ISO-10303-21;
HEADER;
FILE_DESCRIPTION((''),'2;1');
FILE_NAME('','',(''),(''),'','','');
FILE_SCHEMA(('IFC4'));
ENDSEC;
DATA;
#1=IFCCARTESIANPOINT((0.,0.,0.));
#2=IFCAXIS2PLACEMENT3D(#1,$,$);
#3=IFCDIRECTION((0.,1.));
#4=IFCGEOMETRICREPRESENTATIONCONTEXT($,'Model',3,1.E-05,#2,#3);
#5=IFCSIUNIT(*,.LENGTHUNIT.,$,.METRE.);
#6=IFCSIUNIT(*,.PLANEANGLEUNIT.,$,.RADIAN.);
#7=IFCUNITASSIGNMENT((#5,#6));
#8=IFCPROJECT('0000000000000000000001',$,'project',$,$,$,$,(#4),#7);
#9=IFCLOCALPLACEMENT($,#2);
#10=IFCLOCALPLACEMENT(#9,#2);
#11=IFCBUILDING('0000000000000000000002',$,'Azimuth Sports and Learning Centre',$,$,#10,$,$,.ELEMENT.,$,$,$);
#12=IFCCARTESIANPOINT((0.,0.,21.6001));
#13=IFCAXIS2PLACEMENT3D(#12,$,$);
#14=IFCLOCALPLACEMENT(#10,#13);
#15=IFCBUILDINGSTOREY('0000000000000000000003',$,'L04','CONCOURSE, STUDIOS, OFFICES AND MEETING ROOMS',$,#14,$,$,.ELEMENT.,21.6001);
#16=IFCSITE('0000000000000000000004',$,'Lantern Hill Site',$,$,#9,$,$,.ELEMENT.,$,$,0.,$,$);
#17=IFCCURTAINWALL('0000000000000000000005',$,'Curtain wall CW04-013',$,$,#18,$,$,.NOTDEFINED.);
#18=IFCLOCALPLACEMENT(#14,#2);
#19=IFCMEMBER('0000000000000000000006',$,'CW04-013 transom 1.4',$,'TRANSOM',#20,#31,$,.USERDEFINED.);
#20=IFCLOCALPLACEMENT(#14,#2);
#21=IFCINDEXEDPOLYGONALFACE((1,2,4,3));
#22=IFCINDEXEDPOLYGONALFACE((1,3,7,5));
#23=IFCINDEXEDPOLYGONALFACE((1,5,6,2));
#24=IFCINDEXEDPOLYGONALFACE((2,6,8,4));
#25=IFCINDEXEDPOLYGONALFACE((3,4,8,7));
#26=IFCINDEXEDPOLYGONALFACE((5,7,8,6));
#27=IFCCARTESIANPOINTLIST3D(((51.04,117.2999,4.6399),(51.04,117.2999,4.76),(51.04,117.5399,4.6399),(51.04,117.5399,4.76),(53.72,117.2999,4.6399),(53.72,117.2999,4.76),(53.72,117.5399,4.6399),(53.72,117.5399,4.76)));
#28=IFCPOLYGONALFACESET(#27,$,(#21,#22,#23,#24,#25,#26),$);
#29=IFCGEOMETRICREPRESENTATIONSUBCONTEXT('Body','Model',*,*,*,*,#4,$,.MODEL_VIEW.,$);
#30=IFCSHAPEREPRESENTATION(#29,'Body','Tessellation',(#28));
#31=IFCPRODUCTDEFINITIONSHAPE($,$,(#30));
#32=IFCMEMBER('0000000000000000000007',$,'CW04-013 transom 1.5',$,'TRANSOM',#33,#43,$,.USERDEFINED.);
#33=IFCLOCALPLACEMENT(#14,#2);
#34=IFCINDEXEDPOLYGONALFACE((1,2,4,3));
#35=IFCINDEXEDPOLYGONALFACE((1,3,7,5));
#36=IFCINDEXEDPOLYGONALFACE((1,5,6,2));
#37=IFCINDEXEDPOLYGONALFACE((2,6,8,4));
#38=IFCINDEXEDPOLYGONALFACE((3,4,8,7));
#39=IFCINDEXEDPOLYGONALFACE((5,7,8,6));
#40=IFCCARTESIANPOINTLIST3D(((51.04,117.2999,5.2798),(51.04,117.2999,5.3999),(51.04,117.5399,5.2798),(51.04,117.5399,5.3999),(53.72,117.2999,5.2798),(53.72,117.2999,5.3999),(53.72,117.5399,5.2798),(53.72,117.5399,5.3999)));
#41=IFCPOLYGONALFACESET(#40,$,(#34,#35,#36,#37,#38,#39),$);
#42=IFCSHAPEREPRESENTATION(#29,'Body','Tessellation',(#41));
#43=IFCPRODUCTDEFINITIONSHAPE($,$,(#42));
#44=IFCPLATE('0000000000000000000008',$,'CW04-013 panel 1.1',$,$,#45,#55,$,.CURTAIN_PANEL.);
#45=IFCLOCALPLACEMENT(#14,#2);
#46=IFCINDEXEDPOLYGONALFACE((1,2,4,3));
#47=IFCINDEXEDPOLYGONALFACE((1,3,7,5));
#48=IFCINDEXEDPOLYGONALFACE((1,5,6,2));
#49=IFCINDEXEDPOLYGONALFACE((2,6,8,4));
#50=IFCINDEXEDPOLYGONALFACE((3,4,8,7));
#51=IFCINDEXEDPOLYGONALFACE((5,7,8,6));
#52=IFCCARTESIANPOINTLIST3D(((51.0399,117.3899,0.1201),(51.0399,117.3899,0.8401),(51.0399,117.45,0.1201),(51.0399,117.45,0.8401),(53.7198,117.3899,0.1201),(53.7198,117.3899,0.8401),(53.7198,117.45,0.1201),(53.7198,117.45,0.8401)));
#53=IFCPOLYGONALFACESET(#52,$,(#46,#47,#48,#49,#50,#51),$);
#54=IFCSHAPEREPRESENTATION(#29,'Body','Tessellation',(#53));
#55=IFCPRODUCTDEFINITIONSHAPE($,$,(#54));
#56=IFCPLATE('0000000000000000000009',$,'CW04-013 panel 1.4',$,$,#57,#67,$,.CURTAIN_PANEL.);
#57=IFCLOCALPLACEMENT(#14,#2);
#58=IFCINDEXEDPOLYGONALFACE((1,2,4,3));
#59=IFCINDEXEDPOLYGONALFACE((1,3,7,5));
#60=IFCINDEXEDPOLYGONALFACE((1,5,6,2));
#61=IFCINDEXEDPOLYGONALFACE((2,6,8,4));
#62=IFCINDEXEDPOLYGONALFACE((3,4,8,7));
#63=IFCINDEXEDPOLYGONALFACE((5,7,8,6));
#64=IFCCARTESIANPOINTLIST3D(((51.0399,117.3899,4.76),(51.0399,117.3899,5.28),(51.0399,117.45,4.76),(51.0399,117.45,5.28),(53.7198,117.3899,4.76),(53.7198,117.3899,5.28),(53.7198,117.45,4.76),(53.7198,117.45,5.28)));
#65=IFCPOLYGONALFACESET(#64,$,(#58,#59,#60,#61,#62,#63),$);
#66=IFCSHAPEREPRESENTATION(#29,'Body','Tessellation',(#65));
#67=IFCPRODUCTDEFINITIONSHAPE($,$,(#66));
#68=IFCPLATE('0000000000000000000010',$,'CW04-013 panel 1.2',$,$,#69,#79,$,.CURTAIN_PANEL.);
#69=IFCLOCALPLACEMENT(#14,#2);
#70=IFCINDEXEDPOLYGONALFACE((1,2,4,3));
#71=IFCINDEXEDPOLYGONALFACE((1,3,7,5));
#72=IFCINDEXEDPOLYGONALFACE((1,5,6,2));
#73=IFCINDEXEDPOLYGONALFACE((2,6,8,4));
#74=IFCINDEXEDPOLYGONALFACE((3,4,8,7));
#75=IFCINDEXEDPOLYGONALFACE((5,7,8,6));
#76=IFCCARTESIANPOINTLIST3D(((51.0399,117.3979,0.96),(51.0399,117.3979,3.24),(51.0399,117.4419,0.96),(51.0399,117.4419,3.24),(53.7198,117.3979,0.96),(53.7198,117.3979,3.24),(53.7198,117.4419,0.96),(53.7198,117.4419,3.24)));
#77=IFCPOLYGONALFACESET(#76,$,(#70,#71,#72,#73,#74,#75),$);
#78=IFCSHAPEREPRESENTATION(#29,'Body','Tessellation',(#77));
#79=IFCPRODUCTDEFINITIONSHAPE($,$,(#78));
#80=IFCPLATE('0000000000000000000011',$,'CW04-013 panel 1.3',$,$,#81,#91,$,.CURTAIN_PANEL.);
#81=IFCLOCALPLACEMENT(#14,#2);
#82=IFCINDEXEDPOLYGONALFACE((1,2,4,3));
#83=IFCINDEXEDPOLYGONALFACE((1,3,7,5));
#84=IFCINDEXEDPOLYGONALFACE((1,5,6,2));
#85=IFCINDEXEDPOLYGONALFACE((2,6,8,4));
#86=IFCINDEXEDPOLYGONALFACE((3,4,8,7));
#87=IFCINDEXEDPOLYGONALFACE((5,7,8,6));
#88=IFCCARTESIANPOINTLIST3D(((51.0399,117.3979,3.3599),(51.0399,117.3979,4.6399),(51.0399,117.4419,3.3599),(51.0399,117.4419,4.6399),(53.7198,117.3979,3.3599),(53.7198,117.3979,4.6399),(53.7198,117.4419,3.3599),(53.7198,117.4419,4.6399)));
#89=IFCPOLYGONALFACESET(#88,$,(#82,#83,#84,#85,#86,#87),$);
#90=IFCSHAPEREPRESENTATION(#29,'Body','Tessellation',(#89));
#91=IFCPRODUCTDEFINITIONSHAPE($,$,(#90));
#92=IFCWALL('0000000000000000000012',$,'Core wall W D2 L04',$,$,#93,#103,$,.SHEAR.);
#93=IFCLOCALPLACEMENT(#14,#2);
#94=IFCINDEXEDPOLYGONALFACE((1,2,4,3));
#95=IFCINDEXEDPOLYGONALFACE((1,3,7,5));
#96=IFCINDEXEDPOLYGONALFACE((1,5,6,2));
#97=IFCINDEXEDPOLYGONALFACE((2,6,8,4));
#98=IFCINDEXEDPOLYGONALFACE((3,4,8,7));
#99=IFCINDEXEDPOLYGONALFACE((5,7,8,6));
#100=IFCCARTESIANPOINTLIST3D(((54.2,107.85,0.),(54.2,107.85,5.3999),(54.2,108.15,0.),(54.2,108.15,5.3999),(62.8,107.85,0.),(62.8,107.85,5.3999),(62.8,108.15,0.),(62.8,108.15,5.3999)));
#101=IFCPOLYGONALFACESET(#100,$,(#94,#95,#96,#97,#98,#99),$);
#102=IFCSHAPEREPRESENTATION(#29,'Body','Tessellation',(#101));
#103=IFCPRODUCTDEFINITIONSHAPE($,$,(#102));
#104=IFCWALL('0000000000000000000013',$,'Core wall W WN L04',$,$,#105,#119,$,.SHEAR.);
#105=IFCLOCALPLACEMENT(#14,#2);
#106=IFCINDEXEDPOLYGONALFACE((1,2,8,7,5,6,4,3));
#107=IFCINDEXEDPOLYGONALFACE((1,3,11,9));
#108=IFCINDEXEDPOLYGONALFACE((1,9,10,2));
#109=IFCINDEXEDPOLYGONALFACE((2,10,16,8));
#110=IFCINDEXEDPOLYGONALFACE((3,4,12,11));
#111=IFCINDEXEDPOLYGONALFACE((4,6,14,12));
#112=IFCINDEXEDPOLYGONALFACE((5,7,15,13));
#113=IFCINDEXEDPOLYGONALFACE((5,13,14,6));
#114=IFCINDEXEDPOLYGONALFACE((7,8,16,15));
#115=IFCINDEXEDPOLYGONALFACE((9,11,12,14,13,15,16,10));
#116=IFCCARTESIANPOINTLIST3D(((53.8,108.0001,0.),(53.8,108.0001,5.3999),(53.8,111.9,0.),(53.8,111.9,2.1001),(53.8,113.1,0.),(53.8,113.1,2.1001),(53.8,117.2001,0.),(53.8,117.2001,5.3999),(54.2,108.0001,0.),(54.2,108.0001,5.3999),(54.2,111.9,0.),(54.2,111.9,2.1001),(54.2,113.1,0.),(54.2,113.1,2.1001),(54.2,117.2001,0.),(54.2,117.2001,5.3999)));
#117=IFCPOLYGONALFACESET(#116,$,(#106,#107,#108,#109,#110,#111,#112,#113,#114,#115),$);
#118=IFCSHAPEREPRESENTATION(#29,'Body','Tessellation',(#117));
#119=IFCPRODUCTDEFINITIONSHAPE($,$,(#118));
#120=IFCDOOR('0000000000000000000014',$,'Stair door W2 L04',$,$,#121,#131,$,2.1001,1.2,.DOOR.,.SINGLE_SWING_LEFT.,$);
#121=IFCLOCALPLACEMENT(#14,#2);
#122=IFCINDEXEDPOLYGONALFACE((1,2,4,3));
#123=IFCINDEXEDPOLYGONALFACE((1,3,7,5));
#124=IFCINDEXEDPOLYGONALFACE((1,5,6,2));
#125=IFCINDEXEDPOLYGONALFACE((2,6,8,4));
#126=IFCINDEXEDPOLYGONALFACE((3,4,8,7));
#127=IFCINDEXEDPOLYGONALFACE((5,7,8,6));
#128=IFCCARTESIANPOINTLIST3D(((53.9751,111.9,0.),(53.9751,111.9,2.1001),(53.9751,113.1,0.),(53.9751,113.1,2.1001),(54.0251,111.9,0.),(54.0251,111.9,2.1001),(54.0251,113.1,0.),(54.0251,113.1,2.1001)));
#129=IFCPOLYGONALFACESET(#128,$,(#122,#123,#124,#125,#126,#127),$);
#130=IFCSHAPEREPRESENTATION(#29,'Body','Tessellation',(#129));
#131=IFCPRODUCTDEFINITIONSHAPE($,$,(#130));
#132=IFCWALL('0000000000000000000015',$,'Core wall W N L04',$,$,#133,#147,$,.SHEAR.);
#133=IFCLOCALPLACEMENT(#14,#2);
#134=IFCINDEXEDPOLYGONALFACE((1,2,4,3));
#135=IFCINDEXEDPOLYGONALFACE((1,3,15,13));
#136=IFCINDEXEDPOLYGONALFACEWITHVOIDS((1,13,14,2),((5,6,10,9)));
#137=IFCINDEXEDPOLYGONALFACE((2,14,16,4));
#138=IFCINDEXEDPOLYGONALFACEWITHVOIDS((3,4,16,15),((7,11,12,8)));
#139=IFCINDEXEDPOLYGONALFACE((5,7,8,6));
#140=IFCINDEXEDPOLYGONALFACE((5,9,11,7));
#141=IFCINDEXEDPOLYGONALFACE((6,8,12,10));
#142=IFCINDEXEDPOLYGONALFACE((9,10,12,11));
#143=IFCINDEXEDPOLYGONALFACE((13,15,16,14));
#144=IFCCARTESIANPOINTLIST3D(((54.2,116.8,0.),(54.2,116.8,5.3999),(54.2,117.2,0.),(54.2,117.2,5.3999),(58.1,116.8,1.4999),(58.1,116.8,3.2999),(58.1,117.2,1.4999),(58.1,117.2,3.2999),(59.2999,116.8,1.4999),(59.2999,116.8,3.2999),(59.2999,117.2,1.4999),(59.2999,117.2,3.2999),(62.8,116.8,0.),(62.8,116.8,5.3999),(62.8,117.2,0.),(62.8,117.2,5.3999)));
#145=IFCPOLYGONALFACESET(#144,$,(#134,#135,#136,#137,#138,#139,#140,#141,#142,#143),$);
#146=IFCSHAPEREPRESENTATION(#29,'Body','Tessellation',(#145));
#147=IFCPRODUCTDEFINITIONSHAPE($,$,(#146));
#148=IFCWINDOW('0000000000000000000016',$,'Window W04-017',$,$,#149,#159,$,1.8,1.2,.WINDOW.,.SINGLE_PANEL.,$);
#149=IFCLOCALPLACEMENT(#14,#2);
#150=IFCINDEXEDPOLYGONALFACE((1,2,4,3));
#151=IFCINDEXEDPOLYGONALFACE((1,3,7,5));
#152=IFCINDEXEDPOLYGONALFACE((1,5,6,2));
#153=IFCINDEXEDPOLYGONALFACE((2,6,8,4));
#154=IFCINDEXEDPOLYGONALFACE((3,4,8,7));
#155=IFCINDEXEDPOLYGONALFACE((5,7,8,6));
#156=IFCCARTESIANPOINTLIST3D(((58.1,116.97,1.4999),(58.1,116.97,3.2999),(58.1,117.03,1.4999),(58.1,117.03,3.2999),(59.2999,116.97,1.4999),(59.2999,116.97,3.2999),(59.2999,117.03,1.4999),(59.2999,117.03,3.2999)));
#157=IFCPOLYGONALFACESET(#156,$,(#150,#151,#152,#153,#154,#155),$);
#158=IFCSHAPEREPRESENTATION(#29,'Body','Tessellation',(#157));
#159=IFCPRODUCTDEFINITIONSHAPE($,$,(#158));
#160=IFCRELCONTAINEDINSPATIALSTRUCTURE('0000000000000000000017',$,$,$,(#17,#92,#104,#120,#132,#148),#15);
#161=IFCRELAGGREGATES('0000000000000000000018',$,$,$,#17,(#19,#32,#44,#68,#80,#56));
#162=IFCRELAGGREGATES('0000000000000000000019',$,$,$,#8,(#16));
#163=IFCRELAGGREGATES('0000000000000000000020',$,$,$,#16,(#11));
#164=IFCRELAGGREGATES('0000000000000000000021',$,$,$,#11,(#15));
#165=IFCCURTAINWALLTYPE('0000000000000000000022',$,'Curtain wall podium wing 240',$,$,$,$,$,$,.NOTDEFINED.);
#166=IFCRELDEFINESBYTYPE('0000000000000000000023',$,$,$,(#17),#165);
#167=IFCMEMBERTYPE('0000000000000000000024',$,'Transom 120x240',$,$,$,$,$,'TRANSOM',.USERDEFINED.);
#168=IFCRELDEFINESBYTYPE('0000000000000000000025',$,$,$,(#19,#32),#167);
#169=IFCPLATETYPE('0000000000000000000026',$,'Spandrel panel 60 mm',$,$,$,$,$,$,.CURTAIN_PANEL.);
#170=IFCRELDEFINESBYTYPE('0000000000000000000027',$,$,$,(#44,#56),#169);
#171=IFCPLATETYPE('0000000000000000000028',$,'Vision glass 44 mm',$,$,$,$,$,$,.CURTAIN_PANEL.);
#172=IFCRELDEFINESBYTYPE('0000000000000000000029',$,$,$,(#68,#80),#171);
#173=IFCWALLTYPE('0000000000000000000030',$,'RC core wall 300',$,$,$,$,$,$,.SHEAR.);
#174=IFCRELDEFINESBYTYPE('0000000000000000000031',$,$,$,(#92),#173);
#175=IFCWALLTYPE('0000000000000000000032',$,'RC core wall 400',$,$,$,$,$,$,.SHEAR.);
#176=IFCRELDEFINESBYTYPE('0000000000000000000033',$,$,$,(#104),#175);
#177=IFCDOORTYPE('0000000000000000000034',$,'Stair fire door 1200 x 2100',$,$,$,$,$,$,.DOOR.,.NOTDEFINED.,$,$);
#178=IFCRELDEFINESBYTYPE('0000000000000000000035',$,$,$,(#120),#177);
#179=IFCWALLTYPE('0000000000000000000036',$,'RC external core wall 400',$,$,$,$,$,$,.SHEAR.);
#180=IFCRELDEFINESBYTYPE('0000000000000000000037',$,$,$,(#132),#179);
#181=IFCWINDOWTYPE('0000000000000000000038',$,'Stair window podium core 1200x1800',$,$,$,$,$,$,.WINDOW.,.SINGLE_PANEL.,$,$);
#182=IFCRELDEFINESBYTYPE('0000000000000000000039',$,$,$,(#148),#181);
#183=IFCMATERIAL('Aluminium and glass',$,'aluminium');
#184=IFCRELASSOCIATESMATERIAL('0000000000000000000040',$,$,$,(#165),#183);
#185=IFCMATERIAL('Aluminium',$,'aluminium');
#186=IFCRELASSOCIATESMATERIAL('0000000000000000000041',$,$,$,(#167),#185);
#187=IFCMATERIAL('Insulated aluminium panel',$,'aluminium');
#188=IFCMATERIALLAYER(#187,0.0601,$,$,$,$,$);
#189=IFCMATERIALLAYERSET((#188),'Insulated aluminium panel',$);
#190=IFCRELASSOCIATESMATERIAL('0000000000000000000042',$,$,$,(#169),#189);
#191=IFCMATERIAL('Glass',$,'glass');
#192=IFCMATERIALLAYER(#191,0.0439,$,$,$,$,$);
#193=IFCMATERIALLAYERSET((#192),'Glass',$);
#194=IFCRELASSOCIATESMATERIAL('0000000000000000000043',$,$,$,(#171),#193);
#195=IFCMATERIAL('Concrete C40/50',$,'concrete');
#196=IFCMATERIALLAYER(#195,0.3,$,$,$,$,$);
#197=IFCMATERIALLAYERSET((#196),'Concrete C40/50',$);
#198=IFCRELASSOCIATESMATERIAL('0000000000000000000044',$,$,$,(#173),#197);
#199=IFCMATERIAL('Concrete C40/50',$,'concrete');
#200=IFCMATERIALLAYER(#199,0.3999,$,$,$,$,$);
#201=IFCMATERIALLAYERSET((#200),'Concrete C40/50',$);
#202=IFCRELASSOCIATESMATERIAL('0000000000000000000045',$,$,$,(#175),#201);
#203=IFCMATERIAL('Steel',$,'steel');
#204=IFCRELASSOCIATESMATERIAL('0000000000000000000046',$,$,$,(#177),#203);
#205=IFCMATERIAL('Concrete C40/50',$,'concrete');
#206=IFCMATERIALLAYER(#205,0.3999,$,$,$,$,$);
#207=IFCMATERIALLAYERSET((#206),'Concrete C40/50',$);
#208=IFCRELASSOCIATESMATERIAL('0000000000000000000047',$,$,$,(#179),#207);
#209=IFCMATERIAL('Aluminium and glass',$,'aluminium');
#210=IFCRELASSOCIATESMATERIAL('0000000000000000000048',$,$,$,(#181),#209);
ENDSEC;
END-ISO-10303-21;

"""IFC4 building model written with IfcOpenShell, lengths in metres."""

from ifc_helpers import new_model, si_unit, direction, frame, frame_2d, origin, origin_2d, place, context, subcontext, project, spatial, rectangle, extrude, material, layer, layer_set, material_profile, profile_set, type_object, element, fill, aggregate, save


model = new_model("IFC4")

# Units and contexts
model_context = context("Model", 3, precision=1e-05, world=origin(), true_north=direction((0.0, 1.0)))
body_context = subcontext(model_context, "Body", "Model", "MODEL_VIEW")
ifc_project = project(units=[si_unit("LENGTHUNIT", "METRE"), si_unit("PLANEANGLEUNIT", "RADIAN")], contexts=[model_context])

# Site, building, storey
site_placement = place(None, origin())
site = spatial("IfcSite", under=ifc_project, at=site_placement, Name="Lantern Hill Site", CompositionType="ELEMENT", RefElevation=0.0)
building_placement = place(site_placement, origin())
building = spatial("IfcBuilding", under=site, at=building_placement, Name="Azimuth Sports and Learning Centre", CompositionType="ELEMENT")
storey_placement = place(building_placement, frame((0.0, 0.0, 21.6001)))
storey = spatial("IfcBuildingStorey", under=building, at=storey_placement, Name="L04", Description="CONCOURSE, STUDIOS, OFFICES AND MEETING ROOMS", CompositionType="ELEMENT", Elevation=21.6001)

# Curtain wall, members, plates
ifc_material_1 = material(Name="Aluminium and glass", Category="aluminium")
curtain_wall_type = type_object("IfcCurtainWallType", Name="Curtain wall podium wing 240", PredefinedType="NOTDEFINED", material=ifc_material_1)
curtain_wall_placement = place(storey_placement, origin())
curtain_wall = element("IfcCurtainWall", 1, at=curtain_wall_placement, inside=storey, type_object=curtain_wall_type, Name="Curtain wall CW04-013", PredefinedType="NOTDEFINED")
ifc_material_2 = material(Name="Aluminium", Category="aluminium")
ifc_material_profile_1 = material_profile(ifc_material_2, rectangle(XDim=0.24, YDim=0.1201, at=origin_2d()), Name="Transom 120x240")
ifc_profile_set_1 = profile_set([ifc_material_profile_1], Name="Aluminium")
member_type_1 = type_object("IfcMemberType", Name="Transom 120x240", ElementType="TRANSOM", PredefinedType="USERDEFINED", material=ifc_profile_set_1)
member_1_placement = place(storey_placement, frame((53.72, 117.4199, 4.7), z_axis=(-1.0, 0.0, 0.0), x_axis=(0.0, -1.0, 0.0)))
member_1 = element("IfcMember", 2, at=member_1_placement, type_object=member_type_1, Name="CW04-013 transom 1.4", ObjectType="TRANSOM", PredefinedType="USERDEFINED", context=body_context, shape_type="SweptSolid", body=[
    extrude(rectangle(XDim=0.24, YDim=0.1201, at=origin_2d()), origin(), (0.0, 0.0, 1.0), 2.6799),
])
member_2_placement = place(storey_placement, frame((53.72, 117.4199, 5.3398), z_axis=(-1.0, 0.0, 0.0), x_axis=(0.0, -1.0, 0.0)))
member_2 = element("IfcMember", 3, at=member_2_placement, type_object=member_type_1, Name="CW04-013 transom 1.5", ObjectType="TRANSOM", PredefinedType="USERDEFINED", context=body_context, shape_type="SweptSolid", body=[
    extrude(rectangle(XDim=0.24, YDim=0.1201, at=origin_2d()), origin(), (0.0, 0.0, 1.0), 2.6799),
])
ifc_material_3 = material(Name="Insulated aluminium panel", Category="aluminium")
ifc_layer_1 = layer(ifc_material_3, 0.0601)
ifc_layer_set_1 = layer_set([ifc_layer_1], Name="Insulated aluminium panel")
plate_type_1 = type_object("IfcPlateType", Name="Spandrel panel 60 mm", PredefinedType="CURTAIN_PANEL", material=ifc_layer_set_1)
plate_1_placement = place(storey_placement, frame((52.3799, 117.4199, 0.1201), z_axis=(0.0, 0.0, 1.0), x_axis=(-1.0, 0.0, 0.0)))
plate_1 = element("IfcPlate", 4, at=plate_1_placement, type_object=plate_type_1, Name="CW04-013 panel 1.1", PredefinedType="CURTAIN_PANEL", context=body_context, shape_type="SweptSolid", body=[
    extrude(rectangle(XDim=2.6799, YDim=0.0601, at=origin_2d()), origin(), (0.0, 0.0, 1.0), 0.72),
])
plate_2_placement = place(storey_placement, frame((52.3799, 117.4199, 4.76), z_axis=(0.0, 0.0, 1.0), x_axis=(-1.0, 0.0, 0.0)))
plate_2 = element("IfcPlate", 5, at=plate_2_placement, type_object=plate_type_1, Name="CW04-013 panel 1.4", PredefinedType="CURTAIN_PANEL", context=body_context, shape_type="SweptSolid", body=[
    extrude(rectangle(XDim=2.6799, YDim=0.0601, at=origin_2d()), origin(), (0.0, 0.0, 1.0), 0.52),
])
ifc_material_4 = material(Name="Glass", Category="glass")
ifc_layer_2 = layer(ifc_material_4, 0.0439)
ifc_layer_set_2 = layer_set([ifc_layer_2], Name="Glass")
plate_type_2 = type_object("IfcPlateType", Name="Vision glass 44 mm", PredefinedType="CURTAIN_PANEL", material=ifc_layer_set_2)
plate_3_placement = place(storey_placement, frame((52.3799, 117.4199, 0.96), z_axis=(0.0, 0.0, 1.0), x_axis=(-1.0, 0.0, 0.0)))
plate_3 = element("IfcPlate", 6, at=plate_3_placement, type_object=plate_type_2, Name="CW04-013 panel 1.2", PredefinedType="CURTAIN_PANEL", context=body_context, shape_type="SweptSolid", body=[
    extrude(rectangle(XDim=2.6799, YDim=0.0439, at=origin_2d()), origin(), (0.0, 0.0, 1.0), 2.28),
])
plate_4_placement = place(storey_placement, frame((52.3799, 117.4199, 3.3599), z_axis=(0.0, 0.0, 1.0), x_axis=(-1.0, 0.0, 0.0)))
plate_4 = element("IfcPlate", 7, at=plate_4_placement, type_object=plate_type_2, Name="CW04-013 panel 1.3", PredefinedType="CURTAIN_PANEL", context=body_context, shape_type="SweptSolid", body=[
    extrude(rectangle(XDim=2.6799, YDim=0.0439, at=origin_2d()), origin(), (0.0, 0.0, 1.0), 1.28),
])
aggregate(curtain_wall, [member_1, member_2, plate_1, plate_3, plate_4, plate_2])

# Wall
ifc_material_5 = material(Name="Concrete C40/50", Category="concrete")
ifc_layer_3 = layer(ifc_material_5, 0.3)
ifc_layer_set_3 = layer_set([ifc_layer_3], Name="Concrete C40/50")
wall_type_1 = type_object("IfcWallType", Name="RC core wall 300", PredefinedType="SHEAR", material=ifc_layer_set_3)
wall_1_placement = place(storey_placement, frame((54.2, 108.0, 0.0), z_axis=(0.0, 0.0, 1.0), x_axis=(1.0, 0.0, 0.0)))
element("IfcWall", 8, at=wall_1_placement, inside=storey, type_object=wall_type_1, Name="Core wall W D2 L04", PredefinedType="SHEAR", context=body_context, shape_type="SweptSolid", body=[
    extrude(rectangle(XDim=8.6001, YDim=0.3, at=frame_2d((4.3, 0.0))), origin(), (0.0, 0.0, 1.0), 5.3999),
])

# Wall, opening, door
ifc_material_6 = material(Name="Concrete C40/50", Category="concrete")
ifc_layer_4 = layer(ifc_material_6, 0.3999)
ifc_layer_set_4 = layer_set([ifc_layer_4], Name="Concrete C40/50")
wall_type_2 = type_object("IfcWallType", Name="RC core wall 400", PredefinedType="SHEAR", material=ifc_layer_set_4)
wall_2_placement = place(storey_placement, frame((54.0, 108.0, 0.0), z_axis=(0.0, 0.0, 1.0), x_axis=(0.0, 1.0, 0.0)))
wall_2 = element("IfcWall", 9, at=wall_2_placement, inside=storey, type_object=wall_type_2, Name="Core wall W WN L04", PredefinedType="SHEAR", context=body_context, shape_type="SweptSolid", body=[
    extrude(rectangle(XDim=9.2, YDim=0.3999, at=frame_2d((4.6001, 0.0))), origin(), (0.0, 0.0, 1.0), 5.3999),
])
opening_1_placement = place(wall_2_placement, frame((3.8999, 0.0, 0.0)))
opening_1 = element("IfcOpeningElement", 10, at=opening_1_placement, cuts=wall_2, PredefinedType="OPENING", context=body_context, shape_type="SweptSolid", body=[
    extrude(rectangle(XDim=1.2, YDim=2.1001, at=frame_2d((0.6001, 1.05))), frame((0.0, 0.2109, 0.0), z_axis=(0.0, -1.0, 0.0), x_axis=(1.0, 0.0, 0.0)), (0.0, 0.0, 1.0), 0.4219),
])
ifc_material_7 = material(Name="Steel", Category="steel")
door_type = type_object("IfcDoorType", Name="Stair fire door 1200 x 2100", OperationType="NOTDEFINED", PredefinedType="DOOR", material=ifc_material_7)
door_placement = place(opening_1_placement, origin())
door = element("IfcDoor", 11, at=door_placement, inside=storey, type_object=door_type, Name="Stair door W2 L04", OperationType="SINGLE_SWING_LEFT", OverallHeight=2.1001, OverallWidth=1.2, PredefinedType="DOOR", context=body_context, shape_type="SweptSolid", body=[
    extrude(rectangle(XDim=1.2, YDim=2.1001, at=frame_2d((0.6001, 1.05))), frame((0.0, 0.0249, 0.0), z_axis=(0.0, -1.0, 0.0), x_axis=(1.0, 0.0, 0.0)), (0.0, 0.0, 1.0), 0.05),
])
fill(opening_1, door)

# Wall, opening, window
ifc_material_8 = material(Name="Concrete C40/50", Category="concrete")
ifc_layer_5 = layer(ifc_material_8, 0.3999)
ifc_layer_set_5 = layer_set([ifc_layer_5], Name="Concrete C40/50")
wall_type_3 = type_object("IfcWallType", Name="RC external core wall 400", PredefinedType="SHEAR", material=ifc_layer_set_5)
wall_3_placement = place(storey_placement, frame((54.2, 117.0, 0.0), z_axis=(0.0, 0.0, 1.0), x_axis=(1.0, 0.0, 0.0)))
wall_3 = element("IfcWall", 12, at=wall_3_placement, inside=storey, type_object=wall_type_3, Name="Core wall W N L04", PredefinedType="SHEAR", context=body_context, shape_type="SweptSolid", body=[
    extrude(rectangle(XDim=8.6001, YDim=0.3999, at=frame_2d((4.3, 0.0))), origin(), (0.0, 0.0, 1.0), 5.3999),
])
opening_2_placement = place(wall_3_placement, frame((3.8999, 0.0, 1.5)))
opening_2 = element("IfcOpeningElement", 13, at=opening_2_placement, cuts=wall_3, PredefinedType="OPENING", context=body_context, shape_type="SweptSolid", body=[
    extrude(rectangle(XDim=1.2, YDim=1.8, at=frame_2d((0.6001, 0.8999))), frame((0.0, 0.2109, 0.0), z_axis=(0.0, -1.0, 0.0), x_axis=(1.0, 0.0, 0.0)), (0.0, 0.0, 1.0), 0.4219),
])
ifc_material_9 = material(Name="Aluminium and glass", Category="aluminium")
window_type = type_object("IfcWindowType", Name="Stair window podium core 1200x1800", PartitioningType="SINGLE_PANEL", PredefinedType="WINDOW", material=ifc_material_9)
window_placement = place(opening_2_placement, origin())
window = element("IfcWindow", 14, at=window_placement, inside=storey, type_object=window_type, Name="Window W04-017", OverallHeight=1.8, OverallWidth=1.2, PartitioningType="SINGLE_PANEL", PredefinedType="WINDOW", context=body_context, shape_type="SweptSolid", body=[
    extrude(rectangle(XDim=1.2, YDim=1.8, at=frame_2d((0.6001, 0.8999))), frame((0.0, 0.03, 0.0), z_axis=(0.0, -1.0, 0.0), x_axis=(1.0, 0.0, 0.0)), (0.0, 0.0, 1.0), 0.0601),
])
fill(opening_2, window)

save(model, "model.ifc")
